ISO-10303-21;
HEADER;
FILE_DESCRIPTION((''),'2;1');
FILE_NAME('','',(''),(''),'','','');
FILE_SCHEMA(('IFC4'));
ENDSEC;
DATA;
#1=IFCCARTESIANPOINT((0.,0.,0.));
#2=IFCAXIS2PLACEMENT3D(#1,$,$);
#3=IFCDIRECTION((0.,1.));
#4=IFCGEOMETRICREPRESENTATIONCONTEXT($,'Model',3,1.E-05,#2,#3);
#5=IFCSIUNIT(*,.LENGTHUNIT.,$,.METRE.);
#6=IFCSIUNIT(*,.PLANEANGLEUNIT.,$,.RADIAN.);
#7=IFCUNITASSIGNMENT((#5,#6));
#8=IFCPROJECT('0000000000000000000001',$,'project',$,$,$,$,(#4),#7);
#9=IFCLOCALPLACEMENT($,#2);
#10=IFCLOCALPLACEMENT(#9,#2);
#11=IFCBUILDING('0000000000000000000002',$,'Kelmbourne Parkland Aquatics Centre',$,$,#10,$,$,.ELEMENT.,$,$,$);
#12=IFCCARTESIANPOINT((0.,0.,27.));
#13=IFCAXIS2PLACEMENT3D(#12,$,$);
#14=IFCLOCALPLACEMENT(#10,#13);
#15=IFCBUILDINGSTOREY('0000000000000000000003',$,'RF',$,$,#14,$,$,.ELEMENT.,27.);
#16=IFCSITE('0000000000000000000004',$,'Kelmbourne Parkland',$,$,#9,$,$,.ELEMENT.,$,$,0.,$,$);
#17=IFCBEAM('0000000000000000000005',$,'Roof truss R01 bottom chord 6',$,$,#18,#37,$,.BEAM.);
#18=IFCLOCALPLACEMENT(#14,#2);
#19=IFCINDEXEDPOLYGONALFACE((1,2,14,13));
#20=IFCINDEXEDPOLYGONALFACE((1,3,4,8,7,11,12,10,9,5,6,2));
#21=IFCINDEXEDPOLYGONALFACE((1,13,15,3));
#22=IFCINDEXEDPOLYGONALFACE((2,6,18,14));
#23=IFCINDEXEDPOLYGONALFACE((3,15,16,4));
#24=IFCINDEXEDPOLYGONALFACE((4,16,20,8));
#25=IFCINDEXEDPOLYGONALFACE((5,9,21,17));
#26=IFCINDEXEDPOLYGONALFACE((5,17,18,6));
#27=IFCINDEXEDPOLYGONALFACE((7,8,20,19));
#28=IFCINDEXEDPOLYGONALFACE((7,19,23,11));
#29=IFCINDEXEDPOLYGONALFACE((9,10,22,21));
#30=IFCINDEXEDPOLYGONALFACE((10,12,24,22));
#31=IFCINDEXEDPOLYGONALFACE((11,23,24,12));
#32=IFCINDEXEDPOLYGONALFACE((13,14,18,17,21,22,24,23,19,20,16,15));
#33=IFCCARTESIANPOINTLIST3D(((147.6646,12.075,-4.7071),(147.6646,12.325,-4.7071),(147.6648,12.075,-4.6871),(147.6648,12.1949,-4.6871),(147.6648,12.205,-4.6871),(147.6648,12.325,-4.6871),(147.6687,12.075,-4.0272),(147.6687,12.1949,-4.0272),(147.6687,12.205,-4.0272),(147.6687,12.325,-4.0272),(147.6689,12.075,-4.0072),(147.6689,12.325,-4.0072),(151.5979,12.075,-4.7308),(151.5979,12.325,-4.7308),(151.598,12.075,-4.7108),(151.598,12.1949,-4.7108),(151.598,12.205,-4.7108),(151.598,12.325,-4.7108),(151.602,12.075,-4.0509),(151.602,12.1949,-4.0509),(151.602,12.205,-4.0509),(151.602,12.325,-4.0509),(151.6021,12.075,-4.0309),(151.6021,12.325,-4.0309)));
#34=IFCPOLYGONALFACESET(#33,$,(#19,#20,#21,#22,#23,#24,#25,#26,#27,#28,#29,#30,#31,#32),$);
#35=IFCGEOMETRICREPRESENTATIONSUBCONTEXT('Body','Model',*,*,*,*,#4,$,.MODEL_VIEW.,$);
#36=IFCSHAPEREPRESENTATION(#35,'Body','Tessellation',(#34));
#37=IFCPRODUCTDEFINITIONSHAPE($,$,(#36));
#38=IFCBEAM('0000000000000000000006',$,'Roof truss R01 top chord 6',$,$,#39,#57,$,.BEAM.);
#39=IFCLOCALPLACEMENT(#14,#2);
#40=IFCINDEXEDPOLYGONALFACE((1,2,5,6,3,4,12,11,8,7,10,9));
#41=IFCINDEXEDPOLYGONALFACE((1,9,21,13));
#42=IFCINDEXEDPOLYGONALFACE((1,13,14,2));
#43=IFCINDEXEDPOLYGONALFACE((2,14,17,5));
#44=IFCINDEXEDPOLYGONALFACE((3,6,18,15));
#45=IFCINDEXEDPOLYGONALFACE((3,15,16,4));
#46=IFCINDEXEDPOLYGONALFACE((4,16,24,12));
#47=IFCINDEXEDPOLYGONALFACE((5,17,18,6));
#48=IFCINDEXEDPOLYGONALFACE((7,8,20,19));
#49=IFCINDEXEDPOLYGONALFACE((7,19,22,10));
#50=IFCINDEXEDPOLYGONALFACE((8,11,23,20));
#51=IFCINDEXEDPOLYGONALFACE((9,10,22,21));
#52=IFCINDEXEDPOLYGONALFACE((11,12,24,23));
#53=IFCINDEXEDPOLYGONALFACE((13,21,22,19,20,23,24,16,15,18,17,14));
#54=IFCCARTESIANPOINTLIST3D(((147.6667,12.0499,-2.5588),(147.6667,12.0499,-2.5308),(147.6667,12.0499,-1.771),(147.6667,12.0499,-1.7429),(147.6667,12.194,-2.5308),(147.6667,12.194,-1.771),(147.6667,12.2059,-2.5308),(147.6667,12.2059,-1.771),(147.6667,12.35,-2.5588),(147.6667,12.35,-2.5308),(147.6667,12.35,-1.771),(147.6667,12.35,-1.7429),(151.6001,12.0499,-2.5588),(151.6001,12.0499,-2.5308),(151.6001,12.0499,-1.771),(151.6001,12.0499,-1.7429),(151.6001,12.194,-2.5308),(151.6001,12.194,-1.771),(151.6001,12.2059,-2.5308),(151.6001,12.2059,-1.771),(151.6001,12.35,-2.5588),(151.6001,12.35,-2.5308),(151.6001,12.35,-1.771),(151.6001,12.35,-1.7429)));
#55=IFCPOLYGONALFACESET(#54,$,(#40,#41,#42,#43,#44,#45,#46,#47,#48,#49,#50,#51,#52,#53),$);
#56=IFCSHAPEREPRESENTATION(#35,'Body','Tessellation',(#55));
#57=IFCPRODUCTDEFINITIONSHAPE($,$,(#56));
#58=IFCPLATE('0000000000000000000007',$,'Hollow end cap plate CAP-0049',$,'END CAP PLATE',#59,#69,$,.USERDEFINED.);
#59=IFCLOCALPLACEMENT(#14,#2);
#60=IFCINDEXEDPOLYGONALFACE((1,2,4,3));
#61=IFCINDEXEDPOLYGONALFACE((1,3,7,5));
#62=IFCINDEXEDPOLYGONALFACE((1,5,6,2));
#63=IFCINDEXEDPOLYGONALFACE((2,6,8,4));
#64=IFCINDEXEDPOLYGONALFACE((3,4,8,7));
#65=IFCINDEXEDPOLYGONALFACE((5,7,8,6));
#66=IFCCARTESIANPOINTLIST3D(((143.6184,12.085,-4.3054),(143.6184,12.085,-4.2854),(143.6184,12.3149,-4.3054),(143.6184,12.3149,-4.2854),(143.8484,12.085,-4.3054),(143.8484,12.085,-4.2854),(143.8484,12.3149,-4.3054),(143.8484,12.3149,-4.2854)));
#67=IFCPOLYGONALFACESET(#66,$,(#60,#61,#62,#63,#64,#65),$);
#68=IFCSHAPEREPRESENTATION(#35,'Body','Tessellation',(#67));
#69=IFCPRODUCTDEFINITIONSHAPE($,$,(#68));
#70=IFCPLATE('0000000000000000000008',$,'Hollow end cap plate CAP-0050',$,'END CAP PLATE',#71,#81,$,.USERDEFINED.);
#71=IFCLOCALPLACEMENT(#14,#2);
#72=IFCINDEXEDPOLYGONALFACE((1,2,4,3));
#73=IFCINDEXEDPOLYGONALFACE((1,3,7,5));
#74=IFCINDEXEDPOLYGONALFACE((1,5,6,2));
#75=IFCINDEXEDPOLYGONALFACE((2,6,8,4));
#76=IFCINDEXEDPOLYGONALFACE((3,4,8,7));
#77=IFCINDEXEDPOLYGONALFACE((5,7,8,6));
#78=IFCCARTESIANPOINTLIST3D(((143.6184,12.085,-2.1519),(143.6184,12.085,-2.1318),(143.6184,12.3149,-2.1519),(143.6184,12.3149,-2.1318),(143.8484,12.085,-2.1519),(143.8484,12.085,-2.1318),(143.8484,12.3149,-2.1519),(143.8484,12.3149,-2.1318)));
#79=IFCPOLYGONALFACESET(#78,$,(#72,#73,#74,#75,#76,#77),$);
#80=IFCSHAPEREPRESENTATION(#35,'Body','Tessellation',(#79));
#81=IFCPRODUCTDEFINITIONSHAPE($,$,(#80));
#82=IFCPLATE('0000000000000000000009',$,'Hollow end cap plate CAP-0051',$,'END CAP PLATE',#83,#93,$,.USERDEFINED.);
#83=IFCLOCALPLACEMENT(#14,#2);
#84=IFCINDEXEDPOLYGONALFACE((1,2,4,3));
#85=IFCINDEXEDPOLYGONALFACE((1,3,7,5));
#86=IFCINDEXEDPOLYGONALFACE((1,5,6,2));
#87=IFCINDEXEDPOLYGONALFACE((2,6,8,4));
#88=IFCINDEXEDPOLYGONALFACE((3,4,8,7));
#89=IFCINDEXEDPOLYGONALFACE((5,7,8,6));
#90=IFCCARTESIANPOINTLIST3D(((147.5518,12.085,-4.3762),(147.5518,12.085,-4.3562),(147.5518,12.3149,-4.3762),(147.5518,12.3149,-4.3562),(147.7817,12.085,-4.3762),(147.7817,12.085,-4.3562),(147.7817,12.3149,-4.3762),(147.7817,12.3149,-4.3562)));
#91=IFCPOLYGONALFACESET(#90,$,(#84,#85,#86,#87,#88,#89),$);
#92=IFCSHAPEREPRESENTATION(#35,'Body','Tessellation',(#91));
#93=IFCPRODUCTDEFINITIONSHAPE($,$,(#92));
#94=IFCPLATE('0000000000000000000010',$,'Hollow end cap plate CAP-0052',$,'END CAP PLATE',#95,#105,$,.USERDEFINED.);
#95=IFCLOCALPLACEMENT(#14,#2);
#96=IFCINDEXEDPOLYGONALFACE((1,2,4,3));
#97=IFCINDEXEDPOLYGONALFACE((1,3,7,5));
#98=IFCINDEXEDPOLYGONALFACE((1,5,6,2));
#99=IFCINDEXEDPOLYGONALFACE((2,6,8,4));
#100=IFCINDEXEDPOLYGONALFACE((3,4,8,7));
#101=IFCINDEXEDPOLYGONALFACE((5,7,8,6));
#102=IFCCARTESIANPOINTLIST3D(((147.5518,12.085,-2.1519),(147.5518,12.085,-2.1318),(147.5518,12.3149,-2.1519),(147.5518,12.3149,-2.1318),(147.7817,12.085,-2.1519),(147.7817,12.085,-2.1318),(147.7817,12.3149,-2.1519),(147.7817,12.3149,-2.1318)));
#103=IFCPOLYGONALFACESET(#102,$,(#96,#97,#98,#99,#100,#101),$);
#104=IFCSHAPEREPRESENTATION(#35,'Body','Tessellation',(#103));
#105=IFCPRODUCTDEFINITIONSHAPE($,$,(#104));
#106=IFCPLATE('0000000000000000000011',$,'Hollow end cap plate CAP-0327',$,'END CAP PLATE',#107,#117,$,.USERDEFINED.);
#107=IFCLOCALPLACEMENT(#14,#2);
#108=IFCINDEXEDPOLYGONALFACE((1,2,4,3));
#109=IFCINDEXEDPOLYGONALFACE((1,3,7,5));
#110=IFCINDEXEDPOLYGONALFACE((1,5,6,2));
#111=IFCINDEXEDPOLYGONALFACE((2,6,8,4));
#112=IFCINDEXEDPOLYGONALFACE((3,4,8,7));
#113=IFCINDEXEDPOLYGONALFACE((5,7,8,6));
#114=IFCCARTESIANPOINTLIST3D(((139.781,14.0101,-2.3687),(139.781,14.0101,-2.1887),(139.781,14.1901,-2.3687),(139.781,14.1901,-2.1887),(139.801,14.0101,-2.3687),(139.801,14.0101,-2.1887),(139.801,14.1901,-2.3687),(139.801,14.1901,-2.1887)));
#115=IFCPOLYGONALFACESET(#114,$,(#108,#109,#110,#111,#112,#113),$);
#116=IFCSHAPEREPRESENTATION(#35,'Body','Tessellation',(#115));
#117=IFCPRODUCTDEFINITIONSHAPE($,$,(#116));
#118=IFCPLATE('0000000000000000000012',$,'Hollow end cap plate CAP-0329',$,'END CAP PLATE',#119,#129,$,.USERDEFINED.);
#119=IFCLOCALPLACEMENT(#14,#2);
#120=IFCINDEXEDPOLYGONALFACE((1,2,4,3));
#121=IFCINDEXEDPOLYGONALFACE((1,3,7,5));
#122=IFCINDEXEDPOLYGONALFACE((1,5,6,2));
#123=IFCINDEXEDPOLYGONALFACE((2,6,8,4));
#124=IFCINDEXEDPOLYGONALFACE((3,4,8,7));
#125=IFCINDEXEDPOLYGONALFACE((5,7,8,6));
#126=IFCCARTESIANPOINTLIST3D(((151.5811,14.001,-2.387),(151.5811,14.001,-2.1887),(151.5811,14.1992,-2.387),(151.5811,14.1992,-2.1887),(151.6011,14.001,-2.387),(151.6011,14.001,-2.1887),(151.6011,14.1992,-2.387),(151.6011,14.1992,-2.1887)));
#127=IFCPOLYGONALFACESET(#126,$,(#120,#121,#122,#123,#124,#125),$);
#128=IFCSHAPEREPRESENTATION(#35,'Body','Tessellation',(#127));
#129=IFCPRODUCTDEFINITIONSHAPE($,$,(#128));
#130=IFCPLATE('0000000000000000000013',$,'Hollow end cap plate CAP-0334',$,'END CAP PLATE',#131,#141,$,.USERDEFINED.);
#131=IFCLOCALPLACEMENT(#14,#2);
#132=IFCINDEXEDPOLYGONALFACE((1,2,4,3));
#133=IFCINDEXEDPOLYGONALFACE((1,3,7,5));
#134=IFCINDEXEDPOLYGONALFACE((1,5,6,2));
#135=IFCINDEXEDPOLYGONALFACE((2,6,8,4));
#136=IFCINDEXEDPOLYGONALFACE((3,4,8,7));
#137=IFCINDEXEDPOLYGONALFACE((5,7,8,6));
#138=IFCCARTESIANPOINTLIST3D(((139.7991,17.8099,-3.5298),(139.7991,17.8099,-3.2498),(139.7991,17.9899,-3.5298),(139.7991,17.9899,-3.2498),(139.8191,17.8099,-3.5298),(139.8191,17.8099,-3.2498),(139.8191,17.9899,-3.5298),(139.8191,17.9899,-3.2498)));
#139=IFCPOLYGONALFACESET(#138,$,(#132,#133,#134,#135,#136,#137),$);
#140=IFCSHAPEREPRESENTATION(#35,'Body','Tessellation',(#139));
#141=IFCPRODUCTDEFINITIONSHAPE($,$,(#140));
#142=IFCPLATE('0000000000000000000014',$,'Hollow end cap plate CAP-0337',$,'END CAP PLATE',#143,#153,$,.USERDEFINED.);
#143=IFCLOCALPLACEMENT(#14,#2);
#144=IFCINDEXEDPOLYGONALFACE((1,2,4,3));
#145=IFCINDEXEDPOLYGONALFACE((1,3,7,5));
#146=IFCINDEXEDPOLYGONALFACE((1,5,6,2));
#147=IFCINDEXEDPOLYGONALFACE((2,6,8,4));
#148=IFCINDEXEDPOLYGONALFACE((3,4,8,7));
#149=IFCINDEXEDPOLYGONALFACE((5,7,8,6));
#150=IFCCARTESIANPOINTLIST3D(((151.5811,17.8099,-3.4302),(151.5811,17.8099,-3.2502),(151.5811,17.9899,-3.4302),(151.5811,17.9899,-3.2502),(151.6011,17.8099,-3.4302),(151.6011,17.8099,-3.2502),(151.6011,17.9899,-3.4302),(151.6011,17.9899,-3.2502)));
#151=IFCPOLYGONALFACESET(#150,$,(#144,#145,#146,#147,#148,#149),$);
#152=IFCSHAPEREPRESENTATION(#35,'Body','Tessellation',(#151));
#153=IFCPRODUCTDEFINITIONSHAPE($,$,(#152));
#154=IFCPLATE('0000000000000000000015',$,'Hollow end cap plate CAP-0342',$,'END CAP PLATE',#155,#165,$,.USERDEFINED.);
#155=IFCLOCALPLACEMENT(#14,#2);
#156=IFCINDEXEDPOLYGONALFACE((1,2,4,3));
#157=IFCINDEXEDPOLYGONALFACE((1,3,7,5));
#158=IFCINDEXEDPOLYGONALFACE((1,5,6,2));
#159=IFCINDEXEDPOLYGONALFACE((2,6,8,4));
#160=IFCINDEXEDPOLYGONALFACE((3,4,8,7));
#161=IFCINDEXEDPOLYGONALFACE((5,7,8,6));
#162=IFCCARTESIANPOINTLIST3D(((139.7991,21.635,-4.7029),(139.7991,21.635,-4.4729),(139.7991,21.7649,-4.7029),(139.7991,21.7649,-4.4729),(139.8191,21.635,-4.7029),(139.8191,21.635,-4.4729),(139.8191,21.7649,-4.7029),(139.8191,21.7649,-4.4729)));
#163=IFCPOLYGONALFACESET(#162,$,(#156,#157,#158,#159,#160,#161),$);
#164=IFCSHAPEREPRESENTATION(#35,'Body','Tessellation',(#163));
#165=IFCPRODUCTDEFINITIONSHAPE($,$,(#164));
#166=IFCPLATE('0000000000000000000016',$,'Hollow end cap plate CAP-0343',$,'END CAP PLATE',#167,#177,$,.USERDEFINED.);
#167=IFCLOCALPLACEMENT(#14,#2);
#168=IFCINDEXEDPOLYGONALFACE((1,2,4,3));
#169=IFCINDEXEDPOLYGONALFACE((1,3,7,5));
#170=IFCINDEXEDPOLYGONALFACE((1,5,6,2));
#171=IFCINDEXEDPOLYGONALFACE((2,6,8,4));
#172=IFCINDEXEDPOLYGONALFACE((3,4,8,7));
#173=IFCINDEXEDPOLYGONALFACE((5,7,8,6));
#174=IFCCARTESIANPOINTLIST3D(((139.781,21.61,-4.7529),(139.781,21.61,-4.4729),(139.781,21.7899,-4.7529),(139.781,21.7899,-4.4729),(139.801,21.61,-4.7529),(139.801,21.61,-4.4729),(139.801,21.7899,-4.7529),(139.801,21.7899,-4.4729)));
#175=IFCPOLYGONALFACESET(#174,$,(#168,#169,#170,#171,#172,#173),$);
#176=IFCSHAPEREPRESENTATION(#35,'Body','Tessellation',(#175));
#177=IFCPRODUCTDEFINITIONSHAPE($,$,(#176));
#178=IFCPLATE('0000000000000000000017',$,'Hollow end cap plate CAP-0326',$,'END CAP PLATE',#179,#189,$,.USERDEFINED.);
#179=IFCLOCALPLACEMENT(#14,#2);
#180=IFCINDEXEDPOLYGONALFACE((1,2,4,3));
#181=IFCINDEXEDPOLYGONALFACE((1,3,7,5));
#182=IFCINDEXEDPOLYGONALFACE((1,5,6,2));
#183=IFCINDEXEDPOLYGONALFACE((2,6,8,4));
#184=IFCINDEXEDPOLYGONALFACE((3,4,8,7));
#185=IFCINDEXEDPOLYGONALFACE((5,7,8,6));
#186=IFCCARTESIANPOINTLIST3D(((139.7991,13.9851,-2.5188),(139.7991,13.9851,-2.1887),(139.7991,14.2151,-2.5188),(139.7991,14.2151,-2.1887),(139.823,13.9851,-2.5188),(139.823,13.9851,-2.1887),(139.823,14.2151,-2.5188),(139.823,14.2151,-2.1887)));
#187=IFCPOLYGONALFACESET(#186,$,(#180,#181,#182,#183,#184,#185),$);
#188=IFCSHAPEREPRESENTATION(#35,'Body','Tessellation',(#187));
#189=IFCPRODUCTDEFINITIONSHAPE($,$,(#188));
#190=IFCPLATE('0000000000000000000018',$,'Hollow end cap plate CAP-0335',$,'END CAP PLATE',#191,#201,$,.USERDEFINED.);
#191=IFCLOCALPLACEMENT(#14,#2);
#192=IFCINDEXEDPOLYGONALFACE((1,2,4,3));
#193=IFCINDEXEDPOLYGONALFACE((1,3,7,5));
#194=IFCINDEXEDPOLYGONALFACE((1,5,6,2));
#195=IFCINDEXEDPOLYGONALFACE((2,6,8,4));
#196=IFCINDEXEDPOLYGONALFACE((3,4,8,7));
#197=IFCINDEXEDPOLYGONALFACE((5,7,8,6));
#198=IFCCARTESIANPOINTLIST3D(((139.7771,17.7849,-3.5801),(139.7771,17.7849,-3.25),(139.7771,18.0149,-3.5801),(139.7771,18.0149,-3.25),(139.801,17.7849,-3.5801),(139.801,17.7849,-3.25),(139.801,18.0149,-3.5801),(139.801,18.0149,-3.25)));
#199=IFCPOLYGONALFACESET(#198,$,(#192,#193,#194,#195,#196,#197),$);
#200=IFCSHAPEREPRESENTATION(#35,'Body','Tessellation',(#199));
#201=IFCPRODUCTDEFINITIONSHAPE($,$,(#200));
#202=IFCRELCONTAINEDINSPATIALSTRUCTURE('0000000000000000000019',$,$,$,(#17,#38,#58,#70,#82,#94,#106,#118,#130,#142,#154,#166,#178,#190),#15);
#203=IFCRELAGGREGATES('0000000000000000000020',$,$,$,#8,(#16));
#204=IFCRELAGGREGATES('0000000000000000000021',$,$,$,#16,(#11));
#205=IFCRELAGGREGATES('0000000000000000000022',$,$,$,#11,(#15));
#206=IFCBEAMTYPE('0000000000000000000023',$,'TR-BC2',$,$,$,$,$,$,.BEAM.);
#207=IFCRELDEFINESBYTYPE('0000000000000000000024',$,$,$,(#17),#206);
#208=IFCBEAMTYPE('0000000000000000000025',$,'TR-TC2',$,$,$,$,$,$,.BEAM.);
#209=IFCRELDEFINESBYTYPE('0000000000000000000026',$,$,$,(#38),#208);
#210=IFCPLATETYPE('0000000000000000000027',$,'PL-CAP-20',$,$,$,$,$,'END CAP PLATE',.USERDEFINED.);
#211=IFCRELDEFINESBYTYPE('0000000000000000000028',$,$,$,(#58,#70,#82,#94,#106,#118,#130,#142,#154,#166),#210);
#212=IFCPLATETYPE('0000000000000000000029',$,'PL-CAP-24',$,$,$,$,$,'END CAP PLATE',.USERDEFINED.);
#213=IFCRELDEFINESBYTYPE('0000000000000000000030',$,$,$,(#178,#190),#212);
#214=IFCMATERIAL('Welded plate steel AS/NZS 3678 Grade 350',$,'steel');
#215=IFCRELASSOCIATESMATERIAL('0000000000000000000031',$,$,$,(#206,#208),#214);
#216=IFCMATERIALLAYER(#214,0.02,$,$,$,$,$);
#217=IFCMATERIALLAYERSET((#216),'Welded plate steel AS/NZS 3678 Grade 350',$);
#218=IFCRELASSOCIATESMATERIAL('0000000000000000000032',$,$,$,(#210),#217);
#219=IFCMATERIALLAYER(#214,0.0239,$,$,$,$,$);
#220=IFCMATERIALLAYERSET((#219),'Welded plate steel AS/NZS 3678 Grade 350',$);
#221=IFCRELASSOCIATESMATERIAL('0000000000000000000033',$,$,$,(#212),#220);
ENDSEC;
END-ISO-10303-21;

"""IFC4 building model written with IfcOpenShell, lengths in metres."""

from ifc_helpers import new_model, si_unit, direction, frame, origin, origin_2d, place, context, subcontext, project, spatial, rectangle, i_section, extrude, material, layer, layer_set, material_profile, profile_set, type_object, element, save


model = new_model("IFC4")

# Units and contexts
model_context = context("Model", 3, precision=1e-05, world=origin(), true_north=direction((0.0, 1.0)))
body_context = subcontext(model_context, "Body", "Model", "MODEL_VIEW")
ifc_project = project(units=[si_unit("LENGTHUNIT", "METRE"), si_unit("PLANEANGLEUNIT", "RADIAN")], contexts=[model_context])

# Site, building, storey
site_placement = place(None, origin())
site = spatial("IfcSite", under=ifc_project, at=site_placement, Name="Kelmbourne Parkland", CompositionType="ELEMENT", RefElevation=0.0)
building_placement = place(site_placement, origin())
building = spatial("IfcBuilding", under=site, at=building_placement, Name="Kelmbourne Parkland Aquatics Centre", CompositionType="ELEMENT")
storey_placement = place(building_placement, frame((0.0, 0.0, 27.0)))
storey = spatial("IfcBuildingStorey", under=building, at=storey_placement, Name="RF", CompositionType="ELEMENT", Elevation=27.0)

# Beams
ifc_material_1 = material(Name="Welded plate steel AS/NZS 3678 Grade 350", Category="steel")
ifc_material_profile_1 = material_profile(ifc_material_1, i_section(OverallWidth=0.25, OverallDepth=0.7, WebThickness=0.01, FlangeThickness=0.02, at=origin_2d()), Name="700WB130")
ifc_profile_set_1 = profile_set([ifc_material_profile_1], Name="Welded plate steel AS/NZS 3678 Grade 350")
beam_type_1 = type_object("IfcBeamType", Name="TR-BC2", PredefinedType="BEAM", material=ifc_profile_set_1)
beam_1_placement = place(storey_placement, frame((147.6667, 12.2, -4.3572), z_axis=(0.999982, 0.0, -0.006021), x_axis=(0.0, 1.0, 0.0)))
element("IfcBeam", 1, at=beam_1_placement, inside=storey, type_object=beam_type_1, Name="Roof truss R01 bottom chord 6", PredefinedType="BEAM", context=body_context, shape_type="SweptSolid", body=[
    extrude(i_section(OverallWidth=0.25, OverallDepth=0.7, WebThickness=0.01, FlangeThickness=0.02, at=origin_2d()), origin(), (0.0, 0.0, 1.0), 3.9333),
])
ifc_material_profile_2 = material_profile(ifc_material_1, i_section(OverallWidth=0.3, OverallDepth=0.8159, WebThickness=0.012, FlangeThickness=0.0281, at=origin_2d()), Name="800WB192")
ifc_profile_set_2 = profile_set([ifc_material_profile_2], Name="Welded plate steel AS/NZS 3678 Grade 350")
beam_type_2 = type_object("IfcBeamType", Name="TR-TC2", PredefinedType="BEAM", material=ifc_profile_set_2)
beam_2_placement = place(storey_placement, frame((147.6667, 12.2, -2.1509), z_axis=(1.0, 0.0, 0.0), x_axis=(0.0, 1.0, 0.0)))
element("IfcBeam", 2, at=beam_2_placement, inside=storey, type_object=beam_type_2, Name="Roof truss R01 top chord 6", PredefinedType="BEAM", context=body_context, shape_type="SweptSolid", body=[
    extrude(i_section(OverallWidth=0.3, OverallDepth=0.8159, WebThickness=0.012, FlangeThickness=0.0281, at=origin_2d()), origin(), (0.0, 0.0, 1.0), 3.9333),
])

# Plates
ifc_layer_1 = layer(ifc_material_1, 0.02)
ifc_layer_set_1 = layer_set([ifc_layer_1], Name="Welded plate steel AS/NZS 3678 Grade 350")
plate_type_1 = type_object("IfcPlateType", Name="PL-CAP-20", ElementType="END CAP PLATE", PredefinedType="USERDEFINED", material=ifc_layer_set_1)
for number, where, z_axis, x_axis, name in (
    (3, (143.7334, 12.2, -4.3054), (0.0, 0.0, 1.0), (1.0, 0.0, 0.0), "Hollow end cap plate CAP-0049"),
    (4, (143.7334, 12.2, -2.1519), (0.0, 0.0, 1.0), (1.0, 0.0, 0.0), "Hollow end cap plate CAP-0050"),
    (5, (147.6667, 12.2, -4.3762), (0.0, 0.0, 1.0), (1.0, 0.0, 0.0), "Hollow end cap plate CAP-0051"),
    (6, (147.6667, 12.2, -2.1519), (0.0, 0.0, 1.0), (1.0, 0.0, 0.0), "Hollow end cap plate CAP-0052"),
):
    element("IfcPlate", number, at=place(storey_placement, frame(where, z_axis=z_axis, x_axis=x_axis)), inside=storey, type_object=plate_type_1, Name=name, ObjectType="END CAP PLATE", PredefinedType="USERDEFINED", context=body_context, shape_type="SweptSolid", body=[
        extrude(rectangle(XDim=0.23, YDim=0.23, at=origin_2d()), origin(), (0.0, 0.0, 1.0), 0.02),
    ])
plate_1_placement = place(storey_placement, frame((139.791, 14.1001, -2.3687), z_axis=(0.0, 0.0, 1.0), x_axis=(-1.0, 0.0, 0.0)))
element("IfcPlate", 7, at=plate_1_placement, inside=storey, type_object=plate_type_1, Name="Hollow end cap plate CAP-0327", ObjectType="END CAP PLATE", PredefinedType="USERDEFINED", context=body_context, shape_type="SweptSolid", body=[
    extrude(rectangle(XDim=0.02, YDim=0.1799, at=origin_2d()), origin(), (0.0, 0.0, 1.0), 0.1799),
])
plate_2_placement = place(storey_placement, frame((151.5911, 14.1001, -2.387), z_axis=(0.0, 0.0, 1.0), x_axis=(-1.0, 0.0, 0.0)))
element("IfcPlate", 8, at=plate_2_placement, inside=storey, type_object=plate_type_1, Name="Hollow end cap plate CAP-0329", ObjectType="END CAP PLATE", PredefinedType="USERDEFINED", context=body_context, shape_type="SweptSolid", body=[
    extrude(rectangle(XDim=0.02, YDim=0.1982, at=origin_2d()), origin(), (0.0, 0.0, 1.0), 0.1982),
])
plate_3_placement = place(storey_placement, frame((139.8091, 17.8999, -3.5298), z_axis=(0.0, 0.0, 1.0), x_axis=(1.0, 0.0, 0.0)))
element("IfcPlate", 9, at=plate_3_placement, inside=storey, type_object=plate_type_1, Name="Hollow end cap plate CAP-0334", ObjectType="END CAP PLATE", PredefinedType="USERDEFINED", context=body_context, shape_type="SweptSolid", body=[
    extrude(rectangle(XDim=0.02, YDim=0.1799, at=origin_2d()), origin(), (0.0, 0.0, 1.0), 0.28),
])
plate_4_placement = place(storey_placement, frame((151.5911, 17.8999, -3.4302), z_axis=(0.0, 0.0, 1.0), x_axis=(-1.0, 0.0, 0.0)))
element("IfcPlate", 10, at=plate_4_placement, inside=storey, type_object=plate_type_1, Name="Hollow end cap plate CAP-0337", ObjectType="END CAP PLATE", PredefinedType="USERDEFINED", context=body_context, shape_type="SweptSolid", body=[
    extrude(rectangle(XDim=0.02, YDim=0.1799, at=origin_2d()), origin(), (0.0, 0.0, 1.0), 0.1799),
])
plate_5_placement = place(storey_placement, frame((139.8091, 21.7, -4.7029), z_axis=(0.0, 0.0, 1.0), x_axis=(1.0, 0.0, 0.0)))
element("IfcPlate", 11, at=plate_5_placement, inside=storey, type_object=plate_type_1, Name="Hollow end cap plate CAP-0342", ObjectType="END CAP PLATE", PredefinedType="USERDEFINED", context=body_context, shape_type="SweptSolid", body=[
    extrude(rectangle(XDim=0.02, YDim=0.1299, at=origin_2d()), origin(), (0.0, 0.0, 1.0), 0.23),
])
plate_6_placement = place(storey_placement, frame((139.791, 21.7, -4.7529), z_axis=(0.0, 0.0, 1.0), x_axis=(-1.0, 0.0, 0.0)))
element("IfcPlate", 12, at=plate_6_placement, inside=storey, type_object=plate_type_1, Name="Hollow end cap plate CAP-0343", ObjectType="END CAP PLATE", PredefinedType="USERDEFINED", context=body_context, shape_type="SweptSolid", body=[
    extrude(rectangle(XDim=0.02, YDim=0.1799, at=origin_2d()), origin(), (0.0, 0.0, 1.0), 0.28),
])
ifc_layer_2 = layer(ifc_material_1, 0.0239)
ifc_layer_set_2 = layer_set([ifc_layer_2], Name="Welded plate steel AS/NZS 3678 Grade 350")
plate_type_2 = type_object("IfcPlateType", Name="PL-CAP-24", ElementType="END CAP PLATE", PredefinedType="USERDEFINED", material=ifc_layer_set_2)
for number, where, z_axis, x_axis, name in (
    (13, (139.811, 14.1001, -2.5188), (0.0, 0.0, 1.0), (1.0, 0.0, 0.0), "Hollow end cap plate CAP-0326"),
    (14, (139.7891, 17.8999, -3.5801), (0.0, 0.0, 1.0), (-1.0, 0.0, 0.0), "Hollow end cap plate CAP-0335"),
):
    element("IfcPlate", number, at=place(storey_placement, frame(where, z_axis=z_axis, x_axis=x_axis)), inside=storey, type_object=plate_type_2, Name=name, ObjectType="END CAP PLATE", PredefinedType="USERDEFINED", context=body_context, shape_type="SweptSolid", body=[
        extrude(rectangle(XDim=0.0239, YDim=0.23, at=origin_2d()), origin(), (0.0, 0.0, 1.0), 0.3301),
    ])

save(model, "model.ifc")
